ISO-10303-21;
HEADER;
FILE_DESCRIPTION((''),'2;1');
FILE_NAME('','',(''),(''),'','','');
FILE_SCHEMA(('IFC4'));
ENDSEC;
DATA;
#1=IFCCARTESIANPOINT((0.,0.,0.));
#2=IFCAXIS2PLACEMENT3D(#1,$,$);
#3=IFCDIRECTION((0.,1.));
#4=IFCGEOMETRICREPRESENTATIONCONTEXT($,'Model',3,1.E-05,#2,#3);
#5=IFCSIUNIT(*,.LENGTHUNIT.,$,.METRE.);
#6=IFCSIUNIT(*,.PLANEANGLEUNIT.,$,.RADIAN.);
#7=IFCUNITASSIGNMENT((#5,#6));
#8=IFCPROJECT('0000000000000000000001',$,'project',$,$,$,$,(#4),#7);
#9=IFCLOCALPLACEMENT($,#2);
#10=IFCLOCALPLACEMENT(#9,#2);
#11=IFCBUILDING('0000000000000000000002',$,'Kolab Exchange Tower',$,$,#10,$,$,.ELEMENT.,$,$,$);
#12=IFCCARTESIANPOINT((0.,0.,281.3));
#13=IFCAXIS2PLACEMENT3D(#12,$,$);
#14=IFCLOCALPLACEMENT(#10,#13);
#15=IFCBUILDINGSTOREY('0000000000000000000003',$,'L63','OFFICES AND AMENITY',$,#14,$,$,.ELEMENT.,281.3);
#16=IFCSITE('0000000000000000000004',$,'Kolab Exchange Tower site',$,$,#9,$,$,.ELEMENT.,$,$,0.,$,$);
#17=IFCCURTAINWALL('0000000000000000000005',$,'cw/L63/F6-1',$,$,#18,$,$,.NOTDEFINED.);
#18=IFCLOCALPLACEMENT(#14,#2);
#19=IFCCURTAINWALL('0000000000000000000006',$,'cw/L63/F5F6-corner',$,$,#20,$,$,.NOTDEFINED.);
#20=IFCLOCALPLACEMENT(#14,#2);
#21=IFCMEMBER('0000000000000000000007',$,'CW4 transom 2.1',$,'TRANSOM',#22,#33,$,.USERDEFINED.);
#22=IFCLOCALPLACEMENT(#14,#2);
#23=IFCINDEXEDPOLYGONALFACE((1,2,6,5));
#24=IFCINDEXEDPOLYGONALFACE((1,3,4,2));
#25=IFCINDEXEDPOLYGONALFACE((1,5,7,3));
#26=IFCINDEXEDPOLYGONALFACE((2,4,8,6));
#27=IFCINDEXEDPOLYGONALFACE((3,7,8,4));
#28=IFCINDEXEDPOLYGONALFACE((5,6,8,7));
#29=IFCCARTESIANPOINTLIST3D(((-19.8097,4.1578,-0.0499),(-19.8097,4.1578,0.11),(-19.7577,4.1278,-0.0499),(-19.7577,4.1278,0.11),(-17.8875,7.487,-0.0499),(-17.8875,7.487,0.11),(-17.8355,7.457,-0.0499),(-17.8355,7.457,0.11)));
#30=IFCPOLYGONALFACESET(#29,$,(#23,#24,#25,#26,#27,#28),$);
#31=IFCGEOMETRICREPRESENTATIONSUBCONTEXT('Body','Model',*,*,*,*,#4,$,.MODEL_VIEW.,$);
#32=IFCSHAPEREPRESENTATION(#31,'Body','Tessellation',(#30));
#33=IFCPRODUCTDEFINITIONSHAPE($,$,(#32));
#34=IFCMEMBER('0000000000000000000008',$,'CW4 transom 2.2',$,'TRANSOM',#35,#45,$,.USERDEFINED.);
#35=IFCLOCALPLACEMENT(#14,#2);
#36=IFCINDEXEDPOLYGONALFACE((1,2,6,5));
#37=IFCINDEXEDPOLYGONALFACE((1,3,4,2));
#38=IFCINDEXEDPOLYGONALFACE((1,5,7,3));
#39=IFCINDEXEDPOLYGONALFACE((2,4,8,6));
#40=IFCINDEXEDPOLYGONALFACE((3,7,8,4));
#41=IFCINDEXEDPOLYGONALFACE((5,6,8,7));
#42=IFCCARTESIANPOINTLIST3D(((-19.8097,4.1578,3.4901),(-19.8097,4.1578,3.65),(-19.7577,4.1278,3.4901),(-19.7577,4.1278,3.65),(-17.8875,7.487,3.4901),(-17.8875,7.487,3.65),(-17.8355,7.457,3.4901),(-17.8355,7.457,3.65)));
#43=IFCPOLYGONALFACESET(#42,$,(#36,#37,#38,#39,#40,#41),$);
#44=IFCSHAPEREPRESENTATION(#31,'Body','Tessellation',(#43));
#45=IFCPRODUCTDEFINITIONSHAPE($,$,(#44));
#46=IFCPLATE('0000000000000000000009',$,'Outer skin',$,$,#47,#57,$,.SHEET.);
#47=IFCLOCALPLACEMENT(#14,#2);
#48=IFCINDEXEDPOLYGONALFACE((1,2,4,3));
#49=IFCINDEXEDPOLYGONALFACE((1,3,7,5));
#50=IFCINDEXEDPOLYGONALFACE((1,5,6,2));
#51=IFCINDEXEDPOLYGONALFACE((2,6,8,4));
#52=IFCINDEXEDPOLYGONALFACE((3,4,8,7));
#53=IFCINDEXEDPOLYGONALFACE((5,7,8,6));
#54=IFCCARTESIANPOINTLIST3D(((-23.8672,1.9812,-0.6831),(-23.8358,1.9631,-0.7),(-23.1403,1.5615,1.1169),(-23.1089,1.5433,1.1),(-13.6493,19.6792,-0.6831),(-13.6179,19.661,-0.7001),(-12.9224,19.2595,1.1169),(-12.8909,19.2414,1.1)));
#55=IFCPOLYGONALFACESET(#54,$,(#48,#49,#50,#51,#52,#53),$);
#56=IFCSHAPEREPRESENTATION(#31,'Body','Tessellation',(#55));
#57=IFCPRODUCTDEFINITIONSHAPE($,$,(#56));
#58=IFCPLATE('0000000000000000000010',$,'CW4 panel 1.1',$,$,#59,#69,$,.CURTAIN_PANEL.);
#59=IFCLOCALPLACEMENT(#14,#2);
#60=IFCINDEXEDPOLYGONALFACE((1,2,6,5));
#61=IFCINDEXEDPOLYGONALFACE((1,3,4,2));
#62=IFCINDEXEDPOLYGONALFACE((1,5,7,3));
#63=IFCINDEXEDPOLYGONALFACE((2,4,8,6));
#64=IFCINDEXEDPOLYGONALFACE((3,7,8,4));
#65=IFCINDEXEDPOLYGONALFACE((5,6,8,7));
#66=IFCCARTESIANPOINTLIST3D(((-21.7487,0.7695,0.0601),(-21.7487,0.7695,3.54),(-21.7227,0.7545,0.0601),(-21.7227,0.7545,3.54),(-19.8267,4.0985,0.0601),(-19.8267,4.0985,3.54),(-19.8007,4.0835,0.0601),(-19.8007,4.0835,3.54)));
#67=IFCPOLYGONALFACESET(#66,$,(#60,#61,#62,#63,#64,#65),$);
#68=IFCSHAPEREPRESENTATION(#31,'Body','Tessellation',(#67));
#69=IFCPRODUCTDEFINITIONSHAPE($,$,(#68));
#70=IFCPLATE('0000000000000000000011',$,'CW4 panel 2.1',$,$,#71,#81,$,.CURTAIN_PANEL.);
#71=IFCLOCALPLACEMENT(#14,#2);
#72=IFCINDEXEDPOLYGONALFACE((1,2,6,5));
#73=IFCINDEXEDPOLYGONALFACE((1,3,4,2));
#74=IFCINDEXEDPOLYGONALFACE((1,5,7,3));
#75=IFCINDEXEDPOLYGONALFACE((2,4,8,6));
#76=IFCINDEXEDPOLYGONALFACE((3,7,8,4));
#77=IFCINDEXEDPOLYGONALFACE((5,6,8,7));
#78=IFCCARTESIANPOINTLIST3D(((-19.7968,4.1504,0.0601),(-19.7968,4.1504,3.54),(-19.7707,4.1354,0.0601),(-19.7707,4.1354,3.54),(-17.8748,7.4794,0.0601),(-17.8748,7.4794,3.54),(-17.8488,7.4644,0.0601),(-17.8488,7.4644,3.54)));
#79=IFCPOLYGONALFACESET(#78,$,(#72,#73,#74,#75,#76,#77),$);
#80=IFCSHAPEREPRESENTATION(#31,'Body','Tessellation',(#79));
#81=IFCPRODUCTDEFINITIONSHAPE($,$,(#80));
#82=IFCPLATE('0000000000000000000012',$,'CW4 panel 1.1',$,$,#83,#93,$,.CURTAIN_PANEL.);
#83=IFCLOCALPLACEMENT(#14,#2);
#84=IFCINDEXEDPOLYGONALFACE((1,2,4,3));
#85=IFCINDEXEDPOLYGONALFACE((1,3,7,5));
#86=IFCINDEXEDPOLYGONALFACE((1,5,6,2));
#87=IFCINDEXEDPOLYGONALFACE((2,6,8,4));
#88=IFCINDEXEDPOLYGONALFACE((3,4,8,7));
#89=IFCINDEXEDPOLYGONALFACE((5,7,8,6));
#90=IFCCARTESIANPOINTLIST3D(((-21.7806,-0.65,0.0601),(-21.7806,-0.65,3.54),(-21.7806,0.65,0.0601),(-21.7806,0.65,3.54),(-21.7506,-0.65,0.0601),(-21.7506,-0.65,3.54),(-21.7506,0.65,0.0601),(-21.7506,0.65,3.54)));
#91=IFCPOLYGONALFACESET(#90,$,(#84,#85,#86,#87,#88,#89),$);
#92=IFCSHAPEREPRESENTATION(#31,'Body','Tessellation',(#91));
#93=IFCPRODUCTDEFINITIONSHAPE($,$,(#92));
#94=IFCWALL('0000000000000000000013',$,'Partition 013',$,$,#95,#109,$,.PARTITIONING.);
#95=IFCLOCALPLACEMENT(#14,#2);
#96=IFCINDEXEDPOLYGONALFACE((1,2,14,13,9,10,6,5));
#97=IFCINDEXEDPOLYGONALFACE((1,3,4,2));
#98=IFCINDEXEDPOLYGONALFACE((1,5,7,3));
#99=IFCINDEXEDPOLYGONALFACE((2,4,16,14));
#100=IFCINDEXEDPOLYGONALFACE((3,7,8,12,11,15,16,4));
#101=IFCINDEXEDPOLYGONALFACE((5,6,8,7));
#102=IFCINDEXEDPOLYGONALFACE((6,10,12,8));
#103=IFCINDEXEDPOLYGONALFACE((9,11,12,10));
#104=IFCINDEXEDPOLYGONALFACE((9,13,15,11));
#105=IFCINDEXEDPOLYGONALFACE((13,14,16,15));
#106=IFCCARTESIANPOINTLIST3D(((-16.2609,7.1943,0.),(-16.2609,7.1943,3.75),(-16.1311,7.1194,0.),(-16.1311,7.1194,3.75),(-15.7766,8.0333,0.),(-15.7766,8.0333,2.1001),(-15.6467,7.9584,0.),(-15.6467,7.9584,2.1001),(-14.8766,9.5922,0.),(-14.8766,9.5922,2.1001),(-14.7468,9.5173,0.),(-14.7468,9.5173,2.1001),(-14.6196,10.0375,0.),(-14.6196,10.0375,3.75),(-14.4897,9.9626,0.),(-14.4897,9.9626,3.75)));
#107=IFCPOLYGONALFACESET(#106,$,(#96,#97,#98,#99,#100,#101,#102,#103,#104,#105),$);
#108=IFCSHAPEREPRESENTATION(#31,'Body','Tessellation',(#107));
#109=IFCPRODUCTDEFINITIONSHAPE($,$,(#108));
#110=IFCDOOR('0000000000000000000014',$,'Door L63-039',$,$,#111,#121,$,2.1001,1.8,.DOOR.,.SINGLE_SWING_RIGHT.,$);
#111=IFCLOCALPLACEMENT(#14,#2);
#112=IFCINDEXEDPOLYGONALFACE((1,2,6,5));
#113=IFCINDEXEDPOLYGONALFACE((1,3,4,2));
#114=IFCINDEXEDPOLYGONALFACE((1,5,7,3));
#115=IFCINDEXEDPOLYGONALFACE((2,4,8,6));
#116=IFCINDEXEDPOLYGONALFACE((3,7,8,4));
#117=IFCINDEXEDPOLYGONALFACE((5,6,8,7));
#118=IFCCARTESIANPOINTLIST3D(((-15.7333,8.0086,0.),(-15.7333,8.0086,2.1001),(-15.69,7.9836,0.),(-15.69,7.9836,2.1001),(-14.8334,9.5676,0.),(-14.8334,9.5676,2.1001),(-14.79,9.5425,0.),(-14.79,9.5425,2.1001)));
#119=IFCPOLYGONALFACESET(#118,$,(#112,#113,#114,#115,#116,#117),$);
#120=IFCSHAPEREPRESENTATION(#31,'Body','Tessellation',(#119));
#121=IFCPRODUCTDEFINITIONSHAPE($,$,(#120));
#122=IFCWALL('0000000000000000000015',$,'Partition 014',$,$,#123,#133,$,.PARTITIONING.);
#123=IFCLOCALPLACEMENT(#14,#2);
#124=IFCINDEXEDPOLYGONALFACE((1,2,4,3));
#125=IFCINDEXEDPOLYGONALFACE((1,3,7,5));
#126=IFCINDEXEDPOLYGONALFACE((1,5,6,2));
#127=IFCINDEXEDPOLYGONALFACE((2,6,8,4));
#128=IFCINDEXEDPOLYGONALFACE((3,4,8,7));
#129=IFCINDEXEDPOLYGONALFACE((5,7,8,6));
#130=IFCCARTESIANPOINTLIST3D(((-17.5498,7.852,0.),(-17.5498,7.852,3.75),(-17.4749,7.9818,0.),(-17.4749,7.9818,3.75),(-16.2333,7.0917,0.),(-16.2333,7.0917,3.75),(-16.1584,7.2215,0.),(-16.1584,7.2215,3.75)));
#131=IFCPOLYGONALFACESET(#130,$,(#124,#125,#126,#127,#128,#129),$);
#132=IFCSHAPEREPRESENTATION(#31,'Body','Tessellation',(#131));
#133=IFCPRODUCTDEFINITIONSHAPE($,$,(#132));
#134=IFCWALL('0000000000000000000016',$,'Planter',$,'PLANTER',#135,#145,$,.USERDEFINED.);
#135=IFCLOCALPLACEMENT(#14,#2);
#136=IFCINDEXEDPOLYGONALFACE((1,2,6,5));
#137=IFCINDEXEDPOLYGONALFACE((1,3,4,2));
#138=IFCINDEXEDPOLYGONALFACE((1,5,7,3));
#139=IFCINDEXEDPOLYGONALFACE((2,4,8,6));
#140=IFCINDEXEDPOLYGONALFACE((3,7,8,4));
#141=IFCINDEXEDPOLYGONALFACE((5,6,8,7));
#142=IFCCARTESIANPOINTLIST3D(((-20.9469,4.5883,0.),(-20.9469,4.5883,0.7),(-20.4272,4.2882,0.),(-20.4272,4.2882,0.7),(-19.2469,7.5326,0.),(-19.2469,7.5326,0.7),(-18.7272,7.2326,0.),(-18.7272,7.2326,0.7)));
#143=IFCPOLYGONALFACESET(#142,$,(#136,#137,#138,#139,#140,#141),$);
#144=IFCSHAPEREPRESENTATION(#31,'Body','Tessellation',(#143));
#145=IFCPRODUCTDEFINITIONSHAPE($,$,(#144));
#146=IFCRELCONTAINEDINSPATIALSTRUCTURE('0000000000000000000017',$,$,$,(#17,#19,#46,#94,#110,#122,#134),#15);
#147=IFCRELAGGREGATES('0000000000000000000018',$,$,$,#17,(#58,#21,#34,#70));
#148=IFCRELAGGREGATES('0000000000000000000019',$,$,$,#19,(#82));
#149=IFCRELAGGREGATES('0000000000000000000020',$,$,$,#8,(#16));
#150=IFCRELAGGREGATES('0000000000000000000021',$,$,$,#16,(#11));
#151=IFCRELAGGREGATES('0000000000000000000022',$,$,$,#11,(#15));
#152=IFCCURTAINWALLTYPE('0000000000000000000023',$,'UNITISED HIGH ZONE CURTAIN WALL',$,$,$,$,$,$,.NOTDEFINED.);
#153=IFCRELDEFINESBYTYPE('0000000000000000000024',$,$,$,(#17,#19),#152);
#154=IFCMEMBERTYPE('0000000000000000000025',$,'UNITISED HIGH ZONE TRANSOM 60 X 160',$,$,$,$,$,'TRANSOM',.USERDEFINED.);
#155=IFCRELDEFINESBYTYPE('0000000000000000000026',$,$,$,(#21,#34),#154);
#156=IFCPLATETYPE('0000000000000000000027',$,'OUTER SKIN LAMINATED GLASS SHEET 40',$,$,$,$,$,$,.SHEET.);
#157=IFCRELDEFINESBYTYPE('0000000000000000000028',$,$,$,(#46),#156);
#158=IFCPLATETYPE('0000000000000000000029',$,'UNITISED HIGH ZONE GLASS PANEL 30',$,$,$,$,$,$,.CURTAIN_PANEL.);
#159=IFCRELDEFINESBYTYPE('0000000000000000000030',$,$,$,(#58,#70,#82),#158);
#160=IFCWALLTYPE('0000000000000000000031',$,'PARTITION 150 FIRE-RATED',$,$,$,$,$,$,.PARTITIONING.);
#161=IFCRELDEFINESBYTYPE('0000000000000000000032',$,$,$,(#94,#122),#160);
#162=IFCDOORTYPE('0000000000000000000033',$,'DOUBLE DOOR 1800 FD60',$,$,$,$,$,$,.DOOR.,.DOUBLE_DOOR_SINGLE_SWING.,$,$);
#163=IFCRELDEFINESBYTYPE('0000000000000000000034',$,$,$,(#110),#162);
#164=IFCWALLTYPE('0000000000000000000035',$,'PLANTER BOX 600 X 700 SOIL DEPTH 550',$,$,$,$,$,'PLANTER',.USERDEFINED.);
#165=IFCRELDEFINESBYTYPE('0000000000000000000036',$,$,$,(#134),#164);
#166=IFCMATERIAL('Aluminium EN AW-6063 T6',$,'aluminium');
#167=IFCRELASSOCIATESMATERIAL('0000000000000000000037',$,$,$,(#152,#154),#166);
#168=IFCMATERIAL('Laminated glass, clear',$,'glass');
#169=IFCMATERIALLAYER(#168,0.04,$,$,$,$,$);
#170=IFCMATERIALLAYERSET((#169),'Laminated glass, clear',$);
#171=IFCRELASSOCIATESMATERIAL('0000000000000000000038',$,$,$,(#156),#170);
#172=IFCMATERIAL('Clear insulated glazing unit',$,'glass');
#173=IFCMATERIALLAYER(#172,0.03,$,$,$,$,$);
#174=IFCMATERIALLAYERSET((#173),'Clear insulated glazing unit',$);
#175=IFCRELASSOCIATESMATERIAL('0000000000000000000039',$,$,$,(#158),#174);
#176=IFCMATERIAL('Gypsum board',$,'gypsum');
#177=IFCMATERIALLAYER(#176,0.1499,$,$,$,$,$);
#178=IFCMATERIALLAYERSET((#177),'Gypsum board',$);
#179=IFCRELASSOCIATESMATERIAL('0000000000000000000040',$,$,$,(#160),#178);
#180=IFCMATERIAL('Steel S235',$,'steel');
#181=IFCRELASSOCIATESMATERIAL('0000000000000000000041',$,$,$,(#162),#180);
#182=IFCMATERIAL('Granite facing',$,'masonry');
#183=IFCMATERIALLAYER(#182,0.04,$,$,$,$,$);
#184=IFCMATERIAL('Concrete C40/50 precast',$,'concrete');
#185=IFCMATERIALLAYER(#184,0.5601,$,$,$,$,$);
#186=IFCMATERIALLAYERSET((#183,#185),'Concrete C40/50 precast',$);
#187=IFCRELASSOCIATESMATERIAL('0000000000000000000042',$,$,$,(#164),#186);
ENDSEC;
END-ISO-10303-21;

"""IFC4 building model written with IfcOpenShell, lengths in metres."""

from ifc_helpers import new_model, si_unit, direction, frame, frame_2d, origin, origin_2d, place, context, subcontext, project, spatial, polyline, rectangle, outline, extrude, material, layer, layer_set, material_profile, profile_set, type_object, element, fill, aggregate, save


model = new_model("IFC4")

# Units and contexts
model_context = context("Model", 3, precision=1e-05, world=origin(), true_north=direction((0.0, 1.0)))
body_context = subcontext(model_context, "Body", "Model", "MODEL_VIEW")
ifc_project = project(units=[si_unit("LENGTHUNIT", "METRE"), si_unit("PLANEANGLEUNIT", "RADIAN")], contexts=[model_context])

# Site, building, storey
site_placement = place(None, origin())
site = spatial("IfcSite", under=ifc_project, at=site_placement, Name="Kolab Exchange Tower site", CompositionType="ELEMENT", RefElevation=0.0)
building_placement = place(site_placement, origin())
building = spatial("IfcBuilding", under=site, at=building_placement, Name="Kolab Exchange Tower", CompositionType="ELEMENT")
storey_placement = place(building_placement, frame((0.0, 0.0, 281.3)))
storey = spatial("IfcBuildingStorey", under=building, at=storey_placement, Name="L63", Description="OFFICES AND AMENITY", CompositionType="ELEMENT", Elevation=281.3)

# Curtain wall
ifc_material_1 = material(Name="Aluminium EN AW-6063 T6", Category="aluminium")
curtain_wall_type = type_object("IfcCurtainWallType", Name="UNITISED HIGH ZONE CURTAIN WALL", PredefinedType="NOTDEFINED", material=ifc_material_1)
curtain_wall_1_placement = place(storey_placement, origin())
curtain_wall_1 = element("IfcCurtainWall", 1, at=curtain_wall_1_placement, inside=storey, type_object=curtain_wall_type, Name="cw/L63/F6-1", PredefinedType="NOTDEFINED")

# Curtain wall
curtain_wall_2_placement = place(storey_placement, origin())
curtain_wall_2 = element("IfcCurtainWall", 2, at=curtain_wall_2_placement, inside=storey, type_object=curtain_wall_type, Name="cw/L63/F5F6-corner", PredefinedType="NOTDEFINED")

# Members
ifc_material_profile_1 = material_profile(ifc_material_1, rectangle(XDim=0.0601, YDim=0.1599, at=origin_2d()), Name="RECT 60X160")
ifc_profile_set_1 = profile_set([ifc_material_profile_1], Name="Aluminium EN AW-6063 T6")
member_type_1 = type_object("IfcMemberType", Name="UNITISED HIGH ZONE TRANSOM 60 X 160", ElementType="TRANSOM", PredefinedType="USERDEFINED", material=ifc_profile_set_1)
member_1_placement = place(storey_placement, frame((-19.7837, 4.1428, 0.03), z_axis=(0.500012, 0.866018, 0.0), x_axis=(-0.866018, 0.500012, 0.0)))
member_1 = element("IfcMember", 3, at=member_1_placement, type_object=member_type_1, Name="CW4 transom 2.1", ObjectType="TRANSOM", PredefinedType="USERDEFINED", context=body_context, shape_type="SweptSolid", body=[
    extrude(rectangle(XDim=0.0601, YDim=0.1599, at=origin_2d()), origin(), (0.0, 0.0, 1.0), 3.8442),
])
member_2_placement = place(storey_placement, frame((-19.7837, 4.1428, 3.5701), z_axis=(0.500012, 0.866018, 0.0), x_axis=(-0.866018, 0.500012, 0.0)))
member_2 = element("IfcMember", 4, at=member_2_placement, type_object=member_type_1, Name="CW4 transom 2.2", ObjectType="TRANSOM", PredefinedType="USERDEFINED", context=body_context, shape_type="SweptSolid", body=[
    extrude(rectangle(XDim=0.0601, YDim=0.1599, at=origin_2d()), origin(), (0.0, 0.0, 1.0), 3.8442),
])

# Plates
ifc_material_2 = material(Name="Laminated glass, clear", Category="glass")
ifc_layer_1 = layer(ifc_material_2, 0.04)
ifc_layer_set_1 = layer_set([ifc_layer_1], Name="Laminated glass, clear")
plate_type_1 = type_object("IfcPlateType", Name="OUTER SKIN LAMINATED GLASS SHEET 40", PredefinedType="SHEET", material=ifc_layer_set_1)
plate_1_placement = place(storey_placement, frame((-23.8672, 1.9812, -0.6831), z_axis=(-0.784886, 0.453152, 0.422619), x_axis=(0.499997, 0.866027, -0.000002)))
element("IfcPlate", 5, at=plate_1_placement, inside=storey, type_object=plate_type_1, Name="Outer skin", PredefinedType="SHEET", context=body_context, shape_type="SweptSolid", body=[
    extrude(outline(polyline([(0.0, 0.0), (20.4358, 0.0), (20.4359, -1.9862), (-0.0001, -1.9861), (0.0, 0.0)])), origin(), (0.0, 0.0, -1.0), 0.04),
])
ifc_material_3 = material(Name="Clear insulated glazing unit", Category="glass")
ifc_layer_2 = layer(ifc_material_3, 0.03)
ifc_layer_set_2 = layer_set([ifc_layer_2], Name="Clear insulated glazing unit")
plate_type_2 = type_object("IfcPlateType", Name="UNITISED HIGH ZONE GLASS PANEL 30", PredefinedType="CURTAIN_PANEL", material=ifc_layer_set_2)
plate_2_placement = place(storey_placement, frame((-20.7747, 2.4265, 0.0601), z_axis=(0.0, 0.0, 1.0), x_axis=(0.5, 0.866025, 0.0)))
plate_2 = element("IfcPlate", 6, at=plate_2_placement, type_object=plate_type_2, Name="CW4 panel 1.1", PredefinedType="CURTAIN_PANEL", context=body_context, shape_type="SweptSolid", body=[
    extrude(rectangle(XDim=3.844, YDim=0.03, at=origin_2d()), origin(), (0.0, 0.0, 1.0), 3.48),
])
plate_3_placement = place(storey_placement, frame((-18.8228, 5.8074, 0.0601), z_axis=(0.0, 0.0, 1.0), x_axis=(0.5, 0.866025, 0.0)))
plate_3 = element("IfcPlate", 7, at=plate_3_placement, type_object=plate_type_2, Name="CW4 panel 2.1", PredefinedType="CURTAIN_PANEL", context=body_context, shape_type="SweptSolid", body=[
    extrude(rectangle(XDim=3.844, YDim=0.03, at=origin_2d()), origin(), (0.0, 0.0, 1.0), 3.48),
])
aggregate(curtain_wall_1, [plate_2, member_1, member_2, plate_3])
plate_4_placement = place(storey_placement, frame((-21.7656, 0.0, 0.0601), z_axis=(0.0, 0.0, 1.0), x_axis=(0.0, 1.0, 0.0)))
plate_4 = element("IfcPlate", 8, at=plate_4_placement, type_object=plate_type_2, Name="CW4 panel 1.1", PredefinedType="CURTAIN_PANEL", context=body_context, shape_type="SweptSolid", body=[
    extrude(rectangle(XDim=1.3, YDim=0.03, at=origin_2d()), origin(), (0.0, 0.0, 1.0), 3.48),
])
aggregate(curtain_wall_2, [plate_4])

# Wall, opening, door
ifc_material_4 = material(Name="Gypsum board", Category="gypsum")
ifc_layer_3 = layer(ifc_material_4, 0.1499)
ifc_layer_set_3 = layer_set([ifc_layer_3], Name="Gypsum board")
wall_type_1 = type_object("IfcWallType", Name="PARTITION 150 FIRE-RATED", PredefinedType="PARTITIONING", material=ifc_layer_set_3)
wall_1_placement = place(storey_placement, frame((-16.196, 7.1567, 0.0), z_axis=(0.0, 0.0, 1.0), x_axis=(0.499954, 0.866052, 0.0)))
wall_1 = element("IfcWall", 9, at=wall_1_placement, inside=storey, type_object=wall_type_1, Name="Partition 013", PredefinedType="PARTITIONING", context=body_context, shape_type="SweptSolid", body=[
    extrude(rectangle(XDim=3.283, YDim=0.1499, at=frame_2d((1.6416, 0.0))), origin(), (0.0, 0.0, 1.0), 3.75),
])
opening_1_placement = place(wall_1_placement, frame((0.969, 0.0, 0.0)))
opening_1 = element("IfcOpeningElement", 10, at=opening_1_placement, cuts=wall_1, PredefinedType="OPENING", context=body_context, shape_type="SweptSolid", body=[
    extrude(rectangle(XDim=1.8, YDim=2.1001, at=frame_2d((0.8999, 1.05))), frame((0.0, 0.085, 0.0), z_axis=(0.0, -1.0, 0.0), x_axis=(1.0, 0.0, 0.0)), (0.0, 0.0, 1.0), 0.1699),
])
ifc_material_5 = material(Name="Steel S235", Category="steel")
door_type_1 = type_object("IfcDoorType", Name="DOUBLE DOOR 1800 FD60", OperationType="DOUBLE_DOOR_SINGLE_SWING", PredefinedType="DOOR", material=ifc_material_5)
door_1_placement = place(opening_1_placement, frame((1.8, 0.0, 0.0), z_axis=(0.0, 0.0, 1.0), x_axis=(-1.0, 0.0, 0.0)))
door_1 = element("IfcDoor", 11, at=door_1_placement, inside=storey, type_object=door_type_1, Name="Door L63-039", OperationType="SINGLE_SWING_RIGHT", OverallHeight=2.1001, OverallWidth=1.8, PredefinedType="DOOR", context=body_context, shape_type="SweptSolid", body=[
    extrude(rectangle(XDim=1.8, YDim=2.1001, at=frame_2d((0.8999, 1.05))), frame((0.0, 0.0249, 0.0), z_axis=(0.0, -1.0, 0.0), x_axis=(1.0, 0.0, 0.0)), (0.0, 0.0, 1.0), 0.05),
])
fill(opening_1, door_1)

# Walls
wall_2_placement = place(storey_placement, frame((-17.5125, 7.917, 0.0), z_axis=(0.0, 0.0, 1.0), x_axis=(0.865961, -0.500112, 0.0)))
element("IfcWall", 12, at=wall_2_placement, inside=storey, type_object=wall_type_1, Name="Partition 014", PredefinedType="PARTITIONING", context=body_context, shape_type="SweptSolid", body=[
    extrude(rectangle(XDim=1.5203, YDim=0.1499, at=frame_2d((0.7603, 0.0))), origin(), (0.0, 0.0, 1.0), 3.75),
])
ifc_material_6 = material(Name="Granite facing", Category="masonry")
ifc_layer_4 = layer(ifc_material_6, 0.04)
ifc_material_7 = material(Name="Concrete C40/50 precast", Category="concrete")
ifc_layer_5 = layer(ifc_material_7, 0.5601)
ifc_layer_set_4 = layer_set([ifc_layer_4, ifc_layer_5], Name="Concrete C40/50 precast")
wall_type_2 = type_object("IfcWallType", Name="PLANTER BOX 600 X 700 SOIL DEPTH 550", ElementType="PLANTER", PredefinedType="USERDEFINED", material=ifc_layer_set_4)
wall_3_placement = place(storey_placement, frame((-20.687, 4.4382, 0.0), z_axis=(0.0, 0.0, 1.0), x_axis=(0.500008, 0.866021, 0.0)))
element("IfcWall", 13, at=wall_3_placement, inside=storey, type_object=wall_type_2, Name="Planter", ObjectType="PLANTER", PredefinedType="USERDEFINED", context=body_context, shape_type="SweptSolid", body=[
    extrude(rectangle(XDim=3.3999, YDim=0.6001, at=frame_2d((1.7, 0.0))), origin(), (0.0, 0.0, 1.0), 0.7),
])

save(model, "model.ifc")
